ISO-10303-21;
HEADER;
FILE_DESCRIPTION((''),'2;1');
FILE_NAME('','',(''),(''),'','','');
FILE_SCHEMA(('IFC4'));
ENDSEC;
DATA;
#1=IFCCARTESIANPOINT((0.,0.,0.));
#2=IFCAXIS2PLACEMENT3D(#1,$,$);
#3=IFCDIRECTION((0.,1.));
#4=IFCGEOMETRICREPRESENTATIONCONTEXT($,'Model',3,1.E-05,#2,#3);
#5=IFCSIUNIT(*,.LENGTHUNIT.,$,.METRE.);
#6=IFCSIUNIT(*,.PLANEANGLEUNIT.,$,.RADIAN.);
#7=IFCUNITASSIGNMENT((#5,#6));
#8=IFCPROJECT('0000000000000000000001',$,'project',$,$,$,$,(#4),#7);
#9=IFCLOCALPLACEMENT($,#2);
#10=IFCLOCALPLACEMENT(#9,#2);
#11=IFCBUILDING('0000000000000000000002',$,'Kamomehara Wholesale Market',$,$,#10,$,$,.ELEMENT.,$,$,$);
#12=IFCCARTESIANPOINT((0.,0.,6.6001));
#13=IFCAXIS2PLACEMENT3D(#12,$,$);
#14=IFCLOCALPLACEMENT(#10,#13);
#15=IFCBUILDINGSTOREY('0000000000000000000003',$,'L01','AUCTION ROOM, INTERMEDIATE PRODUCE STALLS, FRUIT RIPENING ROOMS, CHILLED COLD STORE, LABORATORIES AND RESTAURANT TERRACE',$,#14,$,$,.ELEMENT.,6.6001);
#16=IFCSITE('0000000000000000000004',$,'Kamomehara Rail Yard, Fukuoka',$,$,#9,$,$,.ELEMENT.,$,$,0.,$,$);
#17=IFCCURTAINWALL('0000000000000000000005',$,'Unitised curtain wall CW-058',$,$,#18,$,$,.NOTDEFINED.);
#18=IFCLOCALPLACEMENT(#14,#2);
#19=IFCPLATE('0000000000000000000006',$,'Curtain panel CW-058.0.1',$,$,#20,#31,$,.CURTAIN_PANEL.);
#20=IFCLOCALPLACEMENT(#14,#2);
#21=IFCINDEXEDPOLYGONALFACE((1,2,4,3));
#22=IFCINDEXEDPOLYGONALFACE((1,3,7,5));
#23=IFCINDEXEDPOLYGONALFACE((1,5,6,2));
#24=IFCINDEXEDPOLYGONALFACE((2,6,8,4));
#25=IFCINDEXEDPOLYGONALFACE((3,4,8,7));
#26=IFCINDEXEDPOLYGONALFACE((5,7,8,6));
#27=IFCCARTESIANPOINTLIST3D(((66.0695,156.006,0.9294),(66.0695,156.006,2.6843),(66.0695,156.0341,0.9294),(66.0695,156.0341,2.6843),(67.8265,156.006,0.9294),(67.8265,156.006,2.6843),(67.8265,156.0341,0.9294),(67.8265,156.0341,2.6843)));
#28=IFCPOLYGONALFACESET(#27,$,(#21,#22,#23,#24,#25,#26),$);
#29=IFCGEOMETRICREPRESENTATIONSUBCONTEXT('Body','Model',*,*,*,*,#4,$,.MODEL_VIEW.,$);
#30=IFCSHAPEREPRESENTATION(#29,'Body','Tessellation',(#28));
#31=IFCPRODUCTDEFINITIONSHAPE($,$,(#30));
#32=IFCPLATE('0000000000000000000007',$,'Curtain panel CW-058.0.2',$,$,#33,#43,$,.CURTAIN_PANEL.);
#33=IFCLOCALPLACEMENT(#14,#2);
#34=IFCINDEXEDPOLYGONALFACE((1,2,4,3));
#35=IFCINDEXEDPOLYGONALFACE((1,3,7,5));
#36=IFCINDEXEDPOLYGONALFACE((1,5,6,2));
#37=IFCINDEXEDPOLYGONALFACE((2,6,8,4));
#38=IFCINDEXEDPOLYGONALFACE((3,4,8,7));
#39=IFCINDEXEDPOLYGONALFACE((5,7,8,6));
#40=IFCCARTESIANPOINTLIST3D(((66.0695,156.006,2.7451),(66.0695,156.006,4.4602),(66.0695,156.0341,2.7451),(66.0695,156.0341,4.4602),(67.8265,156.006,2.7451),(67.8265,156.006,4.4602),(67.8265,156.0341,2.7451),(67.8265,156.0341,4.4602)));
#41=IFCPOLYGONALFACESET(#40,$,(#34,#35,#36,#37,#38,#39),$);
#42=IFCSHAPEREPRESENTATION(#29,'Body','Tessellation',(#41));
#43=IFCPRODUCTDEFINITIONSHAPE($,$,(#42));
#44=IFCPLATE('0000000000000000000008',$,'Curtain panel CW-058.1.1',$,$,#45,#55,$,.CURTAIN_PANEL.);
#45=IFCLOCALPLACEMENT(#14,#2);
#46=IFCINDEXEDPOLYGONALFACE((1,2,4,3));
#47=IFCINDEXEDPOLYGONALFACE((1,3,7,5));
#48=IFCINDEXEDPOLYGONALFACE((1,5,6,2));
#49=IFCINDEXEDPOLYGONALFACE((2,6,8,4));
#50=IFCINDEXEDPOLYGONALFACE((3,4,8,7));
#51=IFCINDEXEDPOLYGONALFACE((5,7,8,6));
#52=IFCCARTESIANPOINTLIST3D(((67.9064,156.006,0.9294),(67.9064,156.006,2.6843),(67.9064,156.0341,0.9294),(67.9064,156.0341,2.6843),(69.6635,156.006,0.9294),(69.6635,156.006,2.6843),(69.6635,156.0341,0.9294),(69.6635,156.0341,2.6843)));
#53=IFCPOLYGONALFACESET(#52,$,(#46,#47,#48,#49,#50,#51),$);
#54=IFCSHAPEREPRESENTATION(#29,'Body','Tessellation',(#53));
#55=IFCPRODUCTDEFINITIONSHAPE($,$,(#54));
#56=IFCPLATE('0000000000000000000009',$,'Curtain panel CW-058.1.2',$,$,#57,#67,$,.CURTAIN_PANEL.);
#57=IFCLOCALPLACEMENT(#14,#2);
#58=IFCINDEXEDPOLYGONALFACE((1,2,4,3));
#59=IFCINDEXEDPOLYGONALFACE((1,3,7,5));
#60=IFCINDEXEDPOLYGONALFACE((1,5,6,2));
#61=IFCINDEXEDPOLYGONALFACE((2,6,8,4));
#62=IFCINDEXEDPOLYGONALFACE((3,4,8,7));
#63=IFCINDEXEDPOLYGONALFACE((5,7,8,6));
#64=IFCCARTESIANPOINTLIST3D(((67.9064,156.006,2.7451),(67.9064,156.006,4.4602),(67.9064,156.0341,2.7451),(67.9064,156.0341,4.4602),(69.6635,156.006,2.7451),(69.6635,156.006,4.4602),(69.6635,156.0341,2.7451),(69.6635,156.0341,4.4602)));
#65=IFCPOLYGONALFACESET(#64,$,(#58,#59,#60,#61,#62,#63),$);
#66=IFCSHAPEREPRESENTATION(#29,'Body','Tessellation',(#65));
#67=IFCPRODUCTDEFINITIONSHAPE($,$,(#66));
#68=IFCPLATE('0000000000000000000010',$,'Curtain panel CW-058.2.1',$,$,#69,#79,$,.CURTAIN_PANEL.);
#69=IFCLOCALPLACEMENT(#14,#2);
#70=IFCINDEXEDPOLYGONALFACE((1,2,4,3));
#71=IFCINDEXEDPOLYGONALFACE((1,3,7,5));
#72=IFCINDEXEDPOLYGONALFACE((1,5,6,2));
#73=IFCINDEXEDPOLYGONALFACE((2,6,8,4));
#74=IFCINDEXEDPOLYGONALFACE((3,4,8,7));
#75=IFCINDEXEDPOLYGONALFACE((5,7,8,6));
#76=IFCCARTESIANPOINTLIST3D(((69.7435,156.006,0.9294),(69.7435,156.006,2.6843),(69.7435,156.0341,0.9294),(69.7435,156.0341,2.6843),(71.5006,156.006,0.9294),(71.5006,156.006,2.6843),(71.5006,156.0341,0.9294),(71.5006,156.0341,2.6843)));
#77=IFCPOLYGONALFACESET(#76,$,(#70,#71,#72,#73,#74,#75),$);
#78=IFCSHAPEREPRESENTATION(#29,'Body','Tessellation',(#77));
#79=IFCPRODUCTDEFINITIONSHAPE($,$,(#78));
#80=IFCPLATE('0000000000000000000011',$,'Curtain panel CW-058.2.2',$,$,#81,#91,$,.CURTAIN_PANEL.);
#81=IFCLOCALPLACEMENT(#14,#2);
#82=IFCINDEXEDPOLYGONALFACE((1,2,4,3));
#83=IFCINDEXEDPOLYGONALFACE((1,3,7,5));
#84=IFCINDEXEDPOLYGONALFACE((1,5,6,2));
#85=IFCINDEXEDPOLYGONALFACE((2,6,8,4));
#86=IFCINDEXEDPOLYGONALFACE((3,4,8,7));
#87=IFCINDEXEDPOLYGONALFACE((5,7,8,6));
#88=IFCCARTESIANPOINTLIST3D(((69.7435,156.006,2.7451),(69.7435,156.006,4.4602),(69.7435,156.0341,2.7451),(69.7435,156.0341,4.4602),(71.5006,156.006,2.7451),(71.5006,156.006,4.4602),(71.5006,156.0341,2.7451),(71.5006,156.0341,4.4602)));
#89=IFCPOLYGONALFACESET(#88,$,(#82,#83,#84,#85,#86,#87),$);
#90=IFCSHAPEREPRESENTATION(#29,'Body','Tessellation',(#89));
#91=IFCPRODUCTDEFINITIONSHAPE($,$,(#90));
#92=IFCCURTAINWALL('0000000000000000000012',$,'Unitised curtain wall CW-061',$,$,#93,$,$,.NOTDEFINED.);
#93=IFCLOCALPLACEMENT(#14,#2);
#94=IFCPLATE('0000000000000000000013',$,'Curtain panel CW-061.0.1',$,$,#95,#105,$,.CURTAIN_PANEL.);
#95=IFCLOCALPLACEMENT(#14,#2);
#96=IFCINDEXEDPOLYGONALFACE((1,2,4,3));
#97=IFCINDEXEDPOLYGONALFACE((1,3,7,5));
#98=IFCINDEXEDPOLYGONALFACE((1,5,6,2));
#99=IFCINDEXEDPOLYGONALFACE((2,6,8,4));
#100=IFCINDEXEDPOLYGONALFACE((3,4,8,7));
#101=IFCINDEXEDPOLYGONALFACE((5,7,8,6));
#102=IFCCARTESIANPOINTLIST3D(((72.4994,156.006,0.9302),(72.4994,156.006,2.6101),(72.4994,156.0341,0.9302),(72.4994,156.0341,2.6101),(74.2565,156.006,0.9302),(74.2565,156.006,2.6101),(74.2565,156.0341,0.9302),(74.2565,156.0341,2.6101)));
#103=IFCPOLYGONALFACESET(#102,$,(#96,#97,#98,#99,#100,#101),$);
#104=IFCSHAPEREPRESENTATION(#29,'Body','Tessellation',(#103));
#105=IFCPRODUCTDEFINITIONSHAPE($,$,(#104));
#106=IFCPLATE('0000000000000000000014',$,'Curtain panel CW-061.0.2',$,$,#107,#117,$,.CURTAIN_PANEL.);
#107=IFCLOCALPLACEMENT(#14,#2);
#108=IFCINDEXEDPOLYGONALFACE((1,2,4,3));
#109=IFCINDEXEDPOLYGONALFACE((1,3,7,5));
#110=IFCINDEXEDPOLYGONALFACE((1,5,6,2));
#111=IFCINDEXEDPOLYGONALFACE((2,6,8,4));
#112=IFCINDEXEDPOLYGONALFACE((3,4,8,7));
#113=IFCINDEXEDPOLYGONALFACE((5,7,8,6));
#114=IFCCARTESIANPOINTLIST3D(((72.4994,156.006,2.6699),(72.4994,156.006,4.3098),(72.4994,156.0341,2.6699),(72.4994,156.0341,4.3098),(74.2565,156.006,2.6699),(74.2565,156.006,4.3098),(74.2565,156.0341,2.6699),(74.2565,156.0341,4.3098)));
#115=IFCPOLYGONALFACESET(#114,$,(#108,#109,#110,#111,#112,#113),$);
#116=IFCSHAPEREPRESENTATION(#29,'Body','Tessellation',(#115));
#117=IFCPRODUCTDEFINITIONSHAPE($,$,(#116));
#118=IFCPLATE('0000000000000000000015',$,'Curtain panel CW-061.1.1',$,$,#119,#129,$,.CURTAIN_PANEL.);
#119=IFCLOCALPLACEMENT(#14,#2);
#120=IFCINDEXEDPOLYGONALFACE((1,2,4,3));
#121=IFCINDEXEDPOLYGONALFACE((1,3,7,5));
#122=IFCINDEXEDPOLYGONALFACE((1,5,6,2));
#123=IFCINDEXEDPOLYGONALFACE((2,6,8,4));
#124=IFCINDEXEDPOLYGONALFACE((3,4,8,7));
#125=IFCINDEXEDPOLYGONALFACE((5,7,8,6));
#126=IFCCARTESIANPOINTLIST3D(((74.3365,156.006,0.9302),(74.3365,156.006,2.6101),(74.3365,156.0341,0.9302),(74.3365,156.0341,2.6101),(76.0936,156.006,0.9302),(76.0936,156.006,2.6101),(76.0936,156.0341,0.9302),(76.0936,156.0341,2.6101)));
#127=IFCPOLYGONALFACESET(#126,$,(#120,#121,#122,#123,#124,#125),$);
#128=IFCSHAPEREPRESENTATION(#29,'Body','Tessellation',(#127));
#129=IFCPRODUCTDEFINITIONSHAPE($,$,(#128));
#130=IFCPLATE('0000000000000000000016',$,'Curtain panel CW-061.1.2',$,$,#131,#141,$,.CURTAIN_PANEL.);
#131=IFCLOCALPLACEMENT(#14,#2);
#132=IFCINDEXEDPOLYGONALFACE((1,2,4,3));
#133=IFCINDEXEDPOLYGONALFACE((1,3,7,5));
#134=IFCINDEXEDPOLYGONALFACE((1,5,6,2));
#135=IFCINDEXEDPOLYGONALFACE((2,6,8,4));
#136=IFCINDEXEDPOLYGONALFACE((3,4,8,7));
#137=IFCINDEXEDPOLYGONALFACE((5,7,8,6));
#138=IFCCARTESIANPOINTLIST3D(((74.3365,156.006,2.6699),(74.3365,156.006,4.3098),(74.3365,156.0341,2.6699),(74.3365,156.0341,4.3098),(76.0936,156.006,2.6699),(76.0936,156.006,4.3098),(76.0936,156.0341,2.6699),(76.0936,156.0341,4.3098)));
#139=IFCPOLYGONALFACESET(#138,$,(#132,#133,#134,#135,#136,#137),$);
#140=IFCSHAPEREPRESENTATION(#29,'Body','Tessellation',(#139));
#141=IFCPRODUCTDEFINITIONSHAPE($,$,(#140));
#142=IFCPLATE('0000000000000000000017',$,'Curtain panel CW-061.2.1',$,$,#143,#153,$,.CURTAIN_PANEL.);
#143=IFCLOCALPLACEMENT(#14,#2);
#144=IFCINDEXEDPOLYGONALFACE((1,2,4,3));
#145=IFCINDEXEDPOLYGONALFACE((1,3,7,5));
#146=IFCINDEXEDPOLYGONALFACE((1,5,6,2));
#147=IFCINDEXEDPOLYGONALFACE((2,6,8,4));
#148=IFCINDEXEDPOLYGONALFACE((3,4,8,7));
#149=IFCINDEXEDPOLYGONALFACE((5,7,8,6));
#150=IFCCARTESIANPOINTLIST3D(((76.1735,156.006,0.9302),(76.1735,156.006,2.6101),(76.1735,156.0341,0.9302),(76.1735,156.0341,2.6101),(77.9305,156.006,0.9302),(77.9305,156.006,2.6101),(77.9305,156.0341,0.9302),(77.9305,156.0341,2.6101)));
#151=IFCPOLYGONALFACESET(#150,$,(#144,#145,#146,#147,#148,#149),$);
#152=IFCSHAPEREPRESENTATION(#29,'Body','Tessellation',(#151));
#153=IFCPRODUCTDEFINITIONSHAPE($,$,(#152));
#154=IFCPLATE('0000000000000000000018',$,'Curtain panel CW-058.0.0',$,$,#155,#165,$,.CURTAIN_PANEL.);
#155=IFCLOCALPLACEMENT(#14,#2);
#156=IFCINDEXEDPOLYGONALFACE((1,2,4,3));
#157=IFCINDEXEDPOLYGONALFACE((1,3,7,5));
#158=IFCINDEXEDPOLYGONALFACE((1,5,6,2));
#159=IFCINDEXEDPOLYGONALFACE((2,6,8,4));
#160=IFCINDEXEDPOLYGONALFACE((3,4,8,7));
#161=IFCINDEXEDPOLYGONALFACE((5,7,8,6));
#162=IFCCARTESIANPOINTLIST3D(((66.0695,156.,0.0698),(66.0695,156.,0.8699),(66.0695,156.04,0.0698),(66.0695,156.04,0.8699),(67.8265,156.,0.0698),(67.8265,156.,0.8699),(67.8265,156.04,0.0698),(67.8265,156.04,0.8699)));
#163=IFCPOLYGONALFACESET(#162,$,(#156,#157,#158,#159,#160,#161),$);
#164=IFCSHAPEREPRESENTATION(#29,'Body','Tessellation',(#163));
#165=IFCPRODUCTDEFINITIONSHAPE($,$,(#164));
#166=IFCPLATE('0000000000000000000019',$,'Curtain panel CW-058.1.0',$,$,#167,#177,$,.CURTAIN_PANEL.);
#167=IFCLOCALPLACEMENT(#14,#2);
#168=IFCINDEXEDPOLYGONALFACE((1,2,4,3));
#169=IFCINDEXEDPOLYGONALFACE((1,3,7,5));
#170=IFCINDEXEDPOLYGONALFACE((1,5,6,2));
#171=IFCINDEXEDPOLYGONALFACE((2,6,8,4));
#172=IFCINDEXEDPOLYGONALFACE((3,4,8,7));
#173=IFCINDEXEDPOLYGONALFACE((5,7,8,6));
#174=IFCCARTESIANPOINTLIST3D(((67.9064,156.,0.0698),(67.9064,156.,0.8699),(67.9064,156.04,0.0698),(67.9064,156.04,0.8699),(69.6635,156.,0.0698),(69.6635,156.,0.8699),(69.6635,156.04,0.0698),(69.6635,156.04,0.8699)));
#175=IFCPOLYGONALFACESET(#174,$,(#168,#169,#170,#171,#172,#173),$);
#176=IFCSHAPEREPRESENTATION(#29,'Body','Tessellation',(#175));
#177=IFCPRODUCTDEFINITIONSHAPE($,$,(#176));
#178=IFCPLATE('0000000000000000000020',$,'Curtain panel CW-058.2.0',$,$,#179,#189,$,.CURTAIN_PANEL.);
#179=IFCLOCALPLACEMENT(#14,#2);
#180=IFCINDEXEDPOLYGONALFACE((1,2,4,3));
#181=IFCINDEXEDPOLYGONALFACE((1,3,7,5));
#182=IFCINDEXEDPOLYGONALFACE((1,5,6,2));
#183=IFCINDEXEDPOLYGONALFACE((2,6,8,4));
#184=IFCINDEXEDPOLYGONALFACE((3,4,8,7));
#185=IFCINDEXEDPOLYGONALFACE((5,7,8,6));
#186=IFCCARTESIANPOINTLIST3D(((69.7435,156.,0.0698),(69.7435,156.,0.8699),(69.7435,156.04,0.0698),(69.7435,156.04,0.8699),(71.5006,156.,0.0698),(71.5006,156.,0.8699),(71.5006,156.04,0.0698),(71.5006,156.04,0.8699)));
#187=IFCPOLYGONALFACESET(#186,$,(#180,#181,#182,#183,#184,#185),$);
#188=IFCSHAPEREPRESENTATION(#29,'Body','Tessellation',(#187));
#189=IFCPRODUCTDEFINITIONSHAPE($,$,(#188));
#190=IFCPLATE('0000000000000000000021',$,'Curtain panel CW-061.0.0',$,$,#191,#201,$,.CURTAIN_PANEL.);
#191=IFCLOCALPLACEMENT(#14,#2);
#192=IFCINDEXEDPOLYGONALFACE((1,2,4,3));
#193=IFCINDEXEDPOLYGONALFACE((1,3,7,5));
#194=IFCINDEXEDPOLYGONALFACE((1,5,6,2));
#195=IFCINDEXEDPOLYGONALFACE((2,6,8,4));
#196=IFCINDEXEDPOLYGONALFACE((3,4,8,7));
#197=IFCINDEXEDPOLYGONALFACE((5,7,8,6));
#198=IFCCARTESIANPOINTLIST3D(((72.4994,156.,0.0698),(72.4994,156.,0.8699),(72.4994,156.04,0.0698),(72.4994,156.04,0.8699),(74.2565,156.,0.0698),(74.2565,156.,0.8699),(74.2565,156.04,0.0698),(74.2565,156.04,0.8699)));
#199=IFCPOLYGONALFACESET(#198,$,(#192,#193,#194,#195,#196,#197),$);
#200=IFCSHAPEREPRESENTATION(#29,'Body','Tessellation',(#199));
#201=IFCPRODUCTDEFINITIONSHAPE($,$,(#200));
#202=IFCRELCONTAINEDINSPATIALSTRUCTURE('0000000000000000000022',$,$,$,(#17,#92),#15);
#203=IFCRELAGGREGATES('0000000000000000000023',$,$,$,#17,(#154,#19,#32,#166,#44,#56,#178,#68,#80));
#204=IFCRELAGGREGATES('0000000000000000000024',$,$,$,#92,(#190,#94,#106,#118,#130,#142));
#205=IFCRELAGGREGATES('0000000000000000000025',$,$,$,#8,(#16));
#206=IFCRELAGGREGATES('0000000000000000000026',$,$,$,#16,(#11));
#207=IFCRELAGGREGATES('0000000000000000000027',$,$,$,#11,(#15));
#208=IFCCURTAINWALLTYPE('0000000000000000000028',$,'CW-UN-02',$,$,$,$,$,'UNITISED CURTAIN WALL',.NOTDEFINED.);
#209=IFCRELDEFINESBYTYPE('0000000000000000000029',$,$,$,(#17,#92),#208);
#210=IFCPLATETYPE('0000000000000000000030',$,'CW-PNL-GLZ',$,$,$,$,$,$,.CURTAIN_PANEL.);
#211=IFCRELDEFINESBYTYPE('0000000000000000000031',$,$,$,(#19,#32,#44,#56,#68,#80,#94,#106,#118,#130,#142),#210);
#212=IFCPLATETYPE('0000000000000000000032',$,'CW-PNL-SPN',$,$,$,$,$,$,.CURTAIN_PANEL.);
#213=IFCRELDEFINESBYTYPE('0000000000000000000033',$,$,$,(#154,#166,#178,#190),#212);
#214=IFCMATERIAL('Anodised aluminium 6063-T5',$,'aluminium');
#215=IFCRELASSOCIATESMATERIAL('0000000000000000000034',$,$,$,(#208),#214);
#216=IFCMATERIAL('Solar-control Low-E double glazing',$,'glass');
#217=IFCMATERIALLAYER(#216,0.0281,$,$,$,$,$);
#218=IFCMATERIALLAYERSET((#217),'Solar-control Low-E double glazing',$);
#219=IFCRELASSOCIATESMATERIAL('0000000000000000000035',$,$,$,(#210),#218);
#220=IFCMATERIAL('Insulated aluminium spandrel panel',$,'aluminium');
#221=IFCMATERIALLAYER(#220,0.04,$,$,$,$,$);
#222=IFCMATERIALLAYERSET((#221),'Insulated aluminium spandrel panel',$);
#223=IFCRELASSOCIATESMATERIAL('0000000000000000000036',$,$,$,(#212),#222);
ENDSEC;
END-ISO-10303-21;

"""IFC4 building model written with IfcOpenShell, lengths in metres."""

from ifc_helpers import new_model, si_unit, direction, frame, origin, origin_2d, place, context, subcontext, project, spatial, rectangle, extrude, material, layer, layer_set, type_object, element, aggregate, save


model = new_model("IFC4")

# Units and contexts
model_context = context("Model", 3, precision=1e-05, world=origin(), true_north=direction((0.0, 1.0)))
body_context = subcontext(model_context, "Body", "Model", "MODEL_VIEW")
ifc_project = project(units=[si_unit("LENGTHUNIT", "METRE"), si_unit("PLANEANGLEUNIT", "RADIAN")], contexts=[model_context])

# Site, building, storey
site_placement = place(None, origin())
site = spatial("IfcSite", under=ifc_project, at=site_placement, Name="Kamomehara Rail Yard, Fukuoka", CompositionType="ELEMENT", RefElevation=0.0)
building_placement = place(site_placement, origin())
building = spatial("IfcBuilding", under=site, at=building_placement, Name="Kamomehara Wholesale Market", CompositionType="ELEMENT")
storey_placement = place(building_placement, frame((0.0, 0.0, 6.6001)))
storey = spatial("IfcBuildingStorey", under=building, at=storey_placement, Name="L01", Description="AUCTION ROOM, INTERMEDIATE PRODUCE STALLS, FRUIT RIPENING ROOMS, CHILLED COLD STORE, LABORATORIES AND RESTAURANT TERRACE", CompositionType="ELEMENT", Elevation=6.6001)

# Curtain walls, plates
ifc_material_1 = material(Name="Anodised aluminium 6063-T5", Category="aluminium")
curtain_wall_type = type_object("IfcCurtainWallType", Name="CW-UN-02", ElementType="UNITISED CURTAIN WALL", PredefinedType="NOTDEFINED", material=ifc_material_1)
curtain_wall_1_placement = place(storey_placement, origin())
curtain_wall_1 = element("IfcCurtainWall", 1, at=curtain_wall_1_placement, inside=storey, type_object=curtain_wall_type, Name="Unitised curtain wall CW-058", PredefinedType="NOTDEFINED")
ifc_material_2 = material(Name="Solar-control Low-E double glazing", Category="glass")
ifc_layer_1 = layer(ifc_material_2, 0.0281)
ifc_layer_set_1 = layer_set([ifc_layer_1], Name="Solar-control Low-E double glazing")
plate_type_1 = type_object("IfcPlateType", Name="CW-PNL-GLZ", PredefinedType="CURTAIN_PANEL", material=ifc_layer_set_1)
plate_1_placement = place(storey_placement, frame((66.948, 156.02, 0.9294), z_axis=(0.0, 0.0, 1.0), x_axis=(1.0, 0.0, 0.0)))
plate_1 = element("IfcPlate", 2, at=plate_1_placement, type_object=plate_type_1, Name="Curtain panel CW-058.0.1", PredefinedType="CURTAIN_PANEL", context=body_context, shape_type="SweptSolid", body=[
    extrude(rectangle(XDim=1.7571, YDim=0.0281, at=origin_2d()), origin(), (0.0, 0.0, 1.0), 1.7549),
])
plate_2_placement = place(storey_placement, frame((66.948, 156.02, 2.7451), z_axis=(0.0, 0.0, 1.0), x_axis=(1.0, 0.0, 0.0)))
plate_2 = element("IfcPlate", 3, at=plate_2_placement, type_object=plate_type_1, Name="Curtain panel CW-058.0.2", PredefinedType="CURTAIN_PANEL", context=body_context, shape_type="SweptSolid", body=[
    extrude(rectangle(XDim=1.7571, YDim=0.0281, at=origin_2d()), origin(), (0.0, 0.0, 1.0), 1.7151),
])
plate_3_placement = place(storey_placement, frame((68.7849, 156.02, 0.9294), z_axis=(0.0, 0.0, 1.0), x_axis=(1.0, 0.0, 0.0)))
plate_3 = element("IfcPlate", 4, at=plate_3_placement, type_object=plate_type_1, Name="Curtain panel CW-058.1.1", PredefinedType="CURTAIN_PANEL", context=body_context, shape_type="SweptSolid", body=[
    extrude(rectangle(XDim=1.7571, YDim=0.0281, at=origin_2d()), origin(), (0.0, 0.0, 1.0), 1.7549),
])
plate_4_placement = place(storey_placement, frame((68.7849, 156.02, 2.7451), z_axis=(0.0, 0.0, 1.0), x_axis=(1.0, 0.0, 0.0)))
plate_4 = element("IfcPlate", 5, at=plate_4_placement, type_object=plate_type_1, Name="Curtain panel CW-058.1.2", PredefinedType="CURTAIN_PANEL", context=body_context, shape_type="SweptSolid", body=[
    extrude(rectangle(XDim=1.7571, YDim=0.0281, at=origin_2d()), origin(), (0.0, 0.0, 1.0), 1.7151),
])
plate_5_placement = place(storey_placement, frame((70.6221, 156.02, 0.9294), z_axis=(0.0, 0.0, 1.0), x_axis=(1.0, 0.0, 0.0)))
plate_5 = element("IfcPlate", 6, at=plate_5_placement, type_object=plate_type_1, Name="Curtain panel CW-058.2.1", PredefinedType="CURTAIN_PANEL", context=body_context, shape_type="SweptSolid", body=[
    extrude(rectangle(XDim=1.7571, YDim=0.0281, at=origin_2d()), origin(), (0.0, 0.0, 1.0), 1.7549),
])
plate_6_placement = place(storey_placement, frame((70.6221, 156.02, 2.7451), z_axis=(0.0, 0.0, 1.0), x_axis=(1.0, 0.0, 0.0)))
plate_6 = element("IfcPlate", 7, at=plate_6_placement, type_object=plate_type_1, Name="Curtain panel CW-058.2.2", PredefinedType="CURTAIN_PANEL", context=body_context, shape_type="SweptSolid", body=[
    extrude(rectangle(XDim=1.7571, YDim=0.0281, at=origin_2d()), origin(), (0.0, 0.0, 1.0), 1.7151),
])
curtain_wall_2_placement = place(storey_placement, origin())
curtain_wall_2 = element("IfcCurtainWall", 8, at=curtain_wall_2_placement, inside=storey, type_object=curtain_wall_type, Name="Unitised curtain wall CW-061", PredefinedType="NOTDEFINED")
plate_7_placement = place(storey_placement, frame((73.3779, 156.02, 0.9302), z_axis=(0.0, 0.0, 1.0), x_axis=(1.0, 0.0, 0.0)))
plate_7 = element("IfcPlate", 9, at=plate_7_placement, type_object=plate_type_1, Name="Curtain panel CW-061.0.1", PredefinedType="CURTAIN_PANEL", context=body_context, shape_type="SweptSolid", body=[
    extrude(rectangle(XDim=1.7571, YDim=0.0281, at=origin_2d()), origin(), (0.0, 0.0, 1.0), 1.6799),
])
plate_8_placement = place(storey_placement, frame((73.3779, 156.02, 2.6699), z_axis=(0.0, 0.0, 1.0), x_axis=(1.0, 0.0, 0.0)))
plate_8 = element("IfcPlate", 10, at=plate_8_placement, type_object=plate_type_1, Name="Curtain panel CW-061.0.2", PredefinedType="CURTAIN_PANEL", context=body_context, shape_type="SweptSolid", body=[
    extrude(rectangle(XDim=1.7571, YDim=0.0281, at=origin_2d()), origin(), (0.0, 0.0, 1.0), 1.6399),
])
plate_9_placement = place(storey_placement, frame((75.2151, 156.02, 0.9302), z_axis=(0.0, 0.0, 1.0), x_axis=(1.0, 0.0, 0.0)))
plate_9 = element("IfcPlate", 11, at=plate_9_placement, type_object=plate_type_1, Name="Curtain panel CW-061.1.1", PredefinedType="CURTAIN_PANEL", context=body_context, shape_type="SweptSolid", body=[
    extrude(rectangle(XDim=1.7571, YDim=0.0281, at=origin_2d()), origin(), (0.0, 0.0, 1.0), 1.6799),
])
plate_10_placement = place(storey_placement, frame((75.2151, 156.02, 2.6699), z_axis=(0.0, 0.0, 1.0), x_axis=(1.0, 0.0, 0.0)))
plate_10 = element("IfcPlate", 12, at=plate_10_placement, type_object=plate_type_1, Name="Curtain panel CW-061.1.2", PredefinedType="CURTAIN_PANEL", context=body_context, shape_type="SweptSolid", body=[
    extrude(rectangle(XDim=1.7571, YDim=0.0281, at=origin_2d()), origin(), (0.0, 0.0, 1.0), 1.6399),
])
plate_11_placement = place(storey_placement, frame((77.052, 156.02, 0.9302), z_axis=(0.0, 0.0, 1.0), x_axis=(1.0, 0.0, 0.0)))
plate_11 = element("IfcPlate", 13, at=plate_11_placement, type_object=plate_type_1, Name="Curtain panel CW-061.2.1", PredefinedType="CURTAIN_PANEL", context=body_context, shape_type="SweptSolid", body=[
    extrude(rectangle(XDim=1.7571, YDim=0.0281, at=origin_2d()), origin(), (0.0, 0.0, 1.0), 1.6799),
])

# Plates
ifc_material_3 = material(Name="Insulated aluminium spandrel panel", Category="aluminium")
ifc_layer_2 = layer(ifc_material_3, 0.04)
ifc_layer_set_2 = layer_set([ifc_layer_2], Name="Insulated aluminium spandrel panel")
plate_type_2 = type_object("IfcPlateType", Name="CW-PNL-SPN", PredefinedType="CURTAIN_PANEL", material=ifc_layer_set_2)
plate_12_placement = place(storey_placement, frame((66.948, 156.02, 0.0698), z_axis=(0.0, 0.0, 1.0), x_axis=(1.0, 0.0, 0.0)))
plate_12 = element("IfcPlate", 14, at=plate_12_placement, type_object=plate_type_2, Name="Curtain panel CW-058.0.0", PredefinedType="CURTAIN_PANEL", context=body_context, shape_type="SweptSolid", body=[
    extrude(rectangle(XDim=1.7571, YDim=0.04, at=origin_2d()), origin(), (0.0, 0.0, 1.0), 0.8),
])
plate_13_placement = place(storey_placement, frame((68.7849, 156.02, 0.0698), z_axis=(0.0, 0.0, 1.0), x_axis=(1.0, 0.0, 0.0)))
plate_13 = element("IfcPlate", 15, at=plate_13_placement, type_object=plate_type_2, Name="Curtain panel CW-058.1.0", PredefinedType="CURTAIN_PANEL", context=body_context, shape_type="SweptSolid", body=[
    extrude(rectangle(XDim=1.7571, YDim=0.04, at=origin_2d()), origin(), (0.0, 0.0, 1.0), 0.8),
])
plate_14_placement = place(storey_placement, frame((70.6221, 156.02, 0.0698), z_axis=(0.0, 0.0, 1.0), x_axis=(1.0, 0.0, 0.0)))
plate_14 = element("IfcPlate", 16, at=plate_14_placement, type_object=plate_type_2, Name="Curtain panel CW-058.2.0", PredefinedType="CURTAIN_PANEL", context=body_context, shape_type="SweptSolid", body=[
    extrude(rectangle(XDim=1.7571, YDim=0.04, at=origin_2d()), origin(), (0.0, 0.0, 1.0), 0.8),
])
aggregate(curtain_wall_1, [plate_12, plate_1, plate_2, plate_13, plate_3, plate_4, plate_14, plate_5, plate_6])
plate_15_placement = place(storey_placement, frame((73.3779, 156.02, 0.0698), z_axis=(0.0, 0.0, 1.0), x_axis=(1.0, 0.0, 0.0)))
plate_15 = element("IfcPlate", 17, at=plate_15_placement, type_object=plate_type_2, Name="Curtain panel CW-061.0.0", PredefinedType="CURTAIN_PANEL", context=body_context, shape_type="SweptSolid", body=[
    extrude(rectangle(XDim=1.7571, YDim=0.04, at=origin_2d()), origin(), (0.0, 0.0, 1.0), 0.8),
])
aggregate(curtain_wall_2, [plate_15, plate_7, plate_8, plate_9, plate_10, plate_11])

save(model, "model.ifc")
